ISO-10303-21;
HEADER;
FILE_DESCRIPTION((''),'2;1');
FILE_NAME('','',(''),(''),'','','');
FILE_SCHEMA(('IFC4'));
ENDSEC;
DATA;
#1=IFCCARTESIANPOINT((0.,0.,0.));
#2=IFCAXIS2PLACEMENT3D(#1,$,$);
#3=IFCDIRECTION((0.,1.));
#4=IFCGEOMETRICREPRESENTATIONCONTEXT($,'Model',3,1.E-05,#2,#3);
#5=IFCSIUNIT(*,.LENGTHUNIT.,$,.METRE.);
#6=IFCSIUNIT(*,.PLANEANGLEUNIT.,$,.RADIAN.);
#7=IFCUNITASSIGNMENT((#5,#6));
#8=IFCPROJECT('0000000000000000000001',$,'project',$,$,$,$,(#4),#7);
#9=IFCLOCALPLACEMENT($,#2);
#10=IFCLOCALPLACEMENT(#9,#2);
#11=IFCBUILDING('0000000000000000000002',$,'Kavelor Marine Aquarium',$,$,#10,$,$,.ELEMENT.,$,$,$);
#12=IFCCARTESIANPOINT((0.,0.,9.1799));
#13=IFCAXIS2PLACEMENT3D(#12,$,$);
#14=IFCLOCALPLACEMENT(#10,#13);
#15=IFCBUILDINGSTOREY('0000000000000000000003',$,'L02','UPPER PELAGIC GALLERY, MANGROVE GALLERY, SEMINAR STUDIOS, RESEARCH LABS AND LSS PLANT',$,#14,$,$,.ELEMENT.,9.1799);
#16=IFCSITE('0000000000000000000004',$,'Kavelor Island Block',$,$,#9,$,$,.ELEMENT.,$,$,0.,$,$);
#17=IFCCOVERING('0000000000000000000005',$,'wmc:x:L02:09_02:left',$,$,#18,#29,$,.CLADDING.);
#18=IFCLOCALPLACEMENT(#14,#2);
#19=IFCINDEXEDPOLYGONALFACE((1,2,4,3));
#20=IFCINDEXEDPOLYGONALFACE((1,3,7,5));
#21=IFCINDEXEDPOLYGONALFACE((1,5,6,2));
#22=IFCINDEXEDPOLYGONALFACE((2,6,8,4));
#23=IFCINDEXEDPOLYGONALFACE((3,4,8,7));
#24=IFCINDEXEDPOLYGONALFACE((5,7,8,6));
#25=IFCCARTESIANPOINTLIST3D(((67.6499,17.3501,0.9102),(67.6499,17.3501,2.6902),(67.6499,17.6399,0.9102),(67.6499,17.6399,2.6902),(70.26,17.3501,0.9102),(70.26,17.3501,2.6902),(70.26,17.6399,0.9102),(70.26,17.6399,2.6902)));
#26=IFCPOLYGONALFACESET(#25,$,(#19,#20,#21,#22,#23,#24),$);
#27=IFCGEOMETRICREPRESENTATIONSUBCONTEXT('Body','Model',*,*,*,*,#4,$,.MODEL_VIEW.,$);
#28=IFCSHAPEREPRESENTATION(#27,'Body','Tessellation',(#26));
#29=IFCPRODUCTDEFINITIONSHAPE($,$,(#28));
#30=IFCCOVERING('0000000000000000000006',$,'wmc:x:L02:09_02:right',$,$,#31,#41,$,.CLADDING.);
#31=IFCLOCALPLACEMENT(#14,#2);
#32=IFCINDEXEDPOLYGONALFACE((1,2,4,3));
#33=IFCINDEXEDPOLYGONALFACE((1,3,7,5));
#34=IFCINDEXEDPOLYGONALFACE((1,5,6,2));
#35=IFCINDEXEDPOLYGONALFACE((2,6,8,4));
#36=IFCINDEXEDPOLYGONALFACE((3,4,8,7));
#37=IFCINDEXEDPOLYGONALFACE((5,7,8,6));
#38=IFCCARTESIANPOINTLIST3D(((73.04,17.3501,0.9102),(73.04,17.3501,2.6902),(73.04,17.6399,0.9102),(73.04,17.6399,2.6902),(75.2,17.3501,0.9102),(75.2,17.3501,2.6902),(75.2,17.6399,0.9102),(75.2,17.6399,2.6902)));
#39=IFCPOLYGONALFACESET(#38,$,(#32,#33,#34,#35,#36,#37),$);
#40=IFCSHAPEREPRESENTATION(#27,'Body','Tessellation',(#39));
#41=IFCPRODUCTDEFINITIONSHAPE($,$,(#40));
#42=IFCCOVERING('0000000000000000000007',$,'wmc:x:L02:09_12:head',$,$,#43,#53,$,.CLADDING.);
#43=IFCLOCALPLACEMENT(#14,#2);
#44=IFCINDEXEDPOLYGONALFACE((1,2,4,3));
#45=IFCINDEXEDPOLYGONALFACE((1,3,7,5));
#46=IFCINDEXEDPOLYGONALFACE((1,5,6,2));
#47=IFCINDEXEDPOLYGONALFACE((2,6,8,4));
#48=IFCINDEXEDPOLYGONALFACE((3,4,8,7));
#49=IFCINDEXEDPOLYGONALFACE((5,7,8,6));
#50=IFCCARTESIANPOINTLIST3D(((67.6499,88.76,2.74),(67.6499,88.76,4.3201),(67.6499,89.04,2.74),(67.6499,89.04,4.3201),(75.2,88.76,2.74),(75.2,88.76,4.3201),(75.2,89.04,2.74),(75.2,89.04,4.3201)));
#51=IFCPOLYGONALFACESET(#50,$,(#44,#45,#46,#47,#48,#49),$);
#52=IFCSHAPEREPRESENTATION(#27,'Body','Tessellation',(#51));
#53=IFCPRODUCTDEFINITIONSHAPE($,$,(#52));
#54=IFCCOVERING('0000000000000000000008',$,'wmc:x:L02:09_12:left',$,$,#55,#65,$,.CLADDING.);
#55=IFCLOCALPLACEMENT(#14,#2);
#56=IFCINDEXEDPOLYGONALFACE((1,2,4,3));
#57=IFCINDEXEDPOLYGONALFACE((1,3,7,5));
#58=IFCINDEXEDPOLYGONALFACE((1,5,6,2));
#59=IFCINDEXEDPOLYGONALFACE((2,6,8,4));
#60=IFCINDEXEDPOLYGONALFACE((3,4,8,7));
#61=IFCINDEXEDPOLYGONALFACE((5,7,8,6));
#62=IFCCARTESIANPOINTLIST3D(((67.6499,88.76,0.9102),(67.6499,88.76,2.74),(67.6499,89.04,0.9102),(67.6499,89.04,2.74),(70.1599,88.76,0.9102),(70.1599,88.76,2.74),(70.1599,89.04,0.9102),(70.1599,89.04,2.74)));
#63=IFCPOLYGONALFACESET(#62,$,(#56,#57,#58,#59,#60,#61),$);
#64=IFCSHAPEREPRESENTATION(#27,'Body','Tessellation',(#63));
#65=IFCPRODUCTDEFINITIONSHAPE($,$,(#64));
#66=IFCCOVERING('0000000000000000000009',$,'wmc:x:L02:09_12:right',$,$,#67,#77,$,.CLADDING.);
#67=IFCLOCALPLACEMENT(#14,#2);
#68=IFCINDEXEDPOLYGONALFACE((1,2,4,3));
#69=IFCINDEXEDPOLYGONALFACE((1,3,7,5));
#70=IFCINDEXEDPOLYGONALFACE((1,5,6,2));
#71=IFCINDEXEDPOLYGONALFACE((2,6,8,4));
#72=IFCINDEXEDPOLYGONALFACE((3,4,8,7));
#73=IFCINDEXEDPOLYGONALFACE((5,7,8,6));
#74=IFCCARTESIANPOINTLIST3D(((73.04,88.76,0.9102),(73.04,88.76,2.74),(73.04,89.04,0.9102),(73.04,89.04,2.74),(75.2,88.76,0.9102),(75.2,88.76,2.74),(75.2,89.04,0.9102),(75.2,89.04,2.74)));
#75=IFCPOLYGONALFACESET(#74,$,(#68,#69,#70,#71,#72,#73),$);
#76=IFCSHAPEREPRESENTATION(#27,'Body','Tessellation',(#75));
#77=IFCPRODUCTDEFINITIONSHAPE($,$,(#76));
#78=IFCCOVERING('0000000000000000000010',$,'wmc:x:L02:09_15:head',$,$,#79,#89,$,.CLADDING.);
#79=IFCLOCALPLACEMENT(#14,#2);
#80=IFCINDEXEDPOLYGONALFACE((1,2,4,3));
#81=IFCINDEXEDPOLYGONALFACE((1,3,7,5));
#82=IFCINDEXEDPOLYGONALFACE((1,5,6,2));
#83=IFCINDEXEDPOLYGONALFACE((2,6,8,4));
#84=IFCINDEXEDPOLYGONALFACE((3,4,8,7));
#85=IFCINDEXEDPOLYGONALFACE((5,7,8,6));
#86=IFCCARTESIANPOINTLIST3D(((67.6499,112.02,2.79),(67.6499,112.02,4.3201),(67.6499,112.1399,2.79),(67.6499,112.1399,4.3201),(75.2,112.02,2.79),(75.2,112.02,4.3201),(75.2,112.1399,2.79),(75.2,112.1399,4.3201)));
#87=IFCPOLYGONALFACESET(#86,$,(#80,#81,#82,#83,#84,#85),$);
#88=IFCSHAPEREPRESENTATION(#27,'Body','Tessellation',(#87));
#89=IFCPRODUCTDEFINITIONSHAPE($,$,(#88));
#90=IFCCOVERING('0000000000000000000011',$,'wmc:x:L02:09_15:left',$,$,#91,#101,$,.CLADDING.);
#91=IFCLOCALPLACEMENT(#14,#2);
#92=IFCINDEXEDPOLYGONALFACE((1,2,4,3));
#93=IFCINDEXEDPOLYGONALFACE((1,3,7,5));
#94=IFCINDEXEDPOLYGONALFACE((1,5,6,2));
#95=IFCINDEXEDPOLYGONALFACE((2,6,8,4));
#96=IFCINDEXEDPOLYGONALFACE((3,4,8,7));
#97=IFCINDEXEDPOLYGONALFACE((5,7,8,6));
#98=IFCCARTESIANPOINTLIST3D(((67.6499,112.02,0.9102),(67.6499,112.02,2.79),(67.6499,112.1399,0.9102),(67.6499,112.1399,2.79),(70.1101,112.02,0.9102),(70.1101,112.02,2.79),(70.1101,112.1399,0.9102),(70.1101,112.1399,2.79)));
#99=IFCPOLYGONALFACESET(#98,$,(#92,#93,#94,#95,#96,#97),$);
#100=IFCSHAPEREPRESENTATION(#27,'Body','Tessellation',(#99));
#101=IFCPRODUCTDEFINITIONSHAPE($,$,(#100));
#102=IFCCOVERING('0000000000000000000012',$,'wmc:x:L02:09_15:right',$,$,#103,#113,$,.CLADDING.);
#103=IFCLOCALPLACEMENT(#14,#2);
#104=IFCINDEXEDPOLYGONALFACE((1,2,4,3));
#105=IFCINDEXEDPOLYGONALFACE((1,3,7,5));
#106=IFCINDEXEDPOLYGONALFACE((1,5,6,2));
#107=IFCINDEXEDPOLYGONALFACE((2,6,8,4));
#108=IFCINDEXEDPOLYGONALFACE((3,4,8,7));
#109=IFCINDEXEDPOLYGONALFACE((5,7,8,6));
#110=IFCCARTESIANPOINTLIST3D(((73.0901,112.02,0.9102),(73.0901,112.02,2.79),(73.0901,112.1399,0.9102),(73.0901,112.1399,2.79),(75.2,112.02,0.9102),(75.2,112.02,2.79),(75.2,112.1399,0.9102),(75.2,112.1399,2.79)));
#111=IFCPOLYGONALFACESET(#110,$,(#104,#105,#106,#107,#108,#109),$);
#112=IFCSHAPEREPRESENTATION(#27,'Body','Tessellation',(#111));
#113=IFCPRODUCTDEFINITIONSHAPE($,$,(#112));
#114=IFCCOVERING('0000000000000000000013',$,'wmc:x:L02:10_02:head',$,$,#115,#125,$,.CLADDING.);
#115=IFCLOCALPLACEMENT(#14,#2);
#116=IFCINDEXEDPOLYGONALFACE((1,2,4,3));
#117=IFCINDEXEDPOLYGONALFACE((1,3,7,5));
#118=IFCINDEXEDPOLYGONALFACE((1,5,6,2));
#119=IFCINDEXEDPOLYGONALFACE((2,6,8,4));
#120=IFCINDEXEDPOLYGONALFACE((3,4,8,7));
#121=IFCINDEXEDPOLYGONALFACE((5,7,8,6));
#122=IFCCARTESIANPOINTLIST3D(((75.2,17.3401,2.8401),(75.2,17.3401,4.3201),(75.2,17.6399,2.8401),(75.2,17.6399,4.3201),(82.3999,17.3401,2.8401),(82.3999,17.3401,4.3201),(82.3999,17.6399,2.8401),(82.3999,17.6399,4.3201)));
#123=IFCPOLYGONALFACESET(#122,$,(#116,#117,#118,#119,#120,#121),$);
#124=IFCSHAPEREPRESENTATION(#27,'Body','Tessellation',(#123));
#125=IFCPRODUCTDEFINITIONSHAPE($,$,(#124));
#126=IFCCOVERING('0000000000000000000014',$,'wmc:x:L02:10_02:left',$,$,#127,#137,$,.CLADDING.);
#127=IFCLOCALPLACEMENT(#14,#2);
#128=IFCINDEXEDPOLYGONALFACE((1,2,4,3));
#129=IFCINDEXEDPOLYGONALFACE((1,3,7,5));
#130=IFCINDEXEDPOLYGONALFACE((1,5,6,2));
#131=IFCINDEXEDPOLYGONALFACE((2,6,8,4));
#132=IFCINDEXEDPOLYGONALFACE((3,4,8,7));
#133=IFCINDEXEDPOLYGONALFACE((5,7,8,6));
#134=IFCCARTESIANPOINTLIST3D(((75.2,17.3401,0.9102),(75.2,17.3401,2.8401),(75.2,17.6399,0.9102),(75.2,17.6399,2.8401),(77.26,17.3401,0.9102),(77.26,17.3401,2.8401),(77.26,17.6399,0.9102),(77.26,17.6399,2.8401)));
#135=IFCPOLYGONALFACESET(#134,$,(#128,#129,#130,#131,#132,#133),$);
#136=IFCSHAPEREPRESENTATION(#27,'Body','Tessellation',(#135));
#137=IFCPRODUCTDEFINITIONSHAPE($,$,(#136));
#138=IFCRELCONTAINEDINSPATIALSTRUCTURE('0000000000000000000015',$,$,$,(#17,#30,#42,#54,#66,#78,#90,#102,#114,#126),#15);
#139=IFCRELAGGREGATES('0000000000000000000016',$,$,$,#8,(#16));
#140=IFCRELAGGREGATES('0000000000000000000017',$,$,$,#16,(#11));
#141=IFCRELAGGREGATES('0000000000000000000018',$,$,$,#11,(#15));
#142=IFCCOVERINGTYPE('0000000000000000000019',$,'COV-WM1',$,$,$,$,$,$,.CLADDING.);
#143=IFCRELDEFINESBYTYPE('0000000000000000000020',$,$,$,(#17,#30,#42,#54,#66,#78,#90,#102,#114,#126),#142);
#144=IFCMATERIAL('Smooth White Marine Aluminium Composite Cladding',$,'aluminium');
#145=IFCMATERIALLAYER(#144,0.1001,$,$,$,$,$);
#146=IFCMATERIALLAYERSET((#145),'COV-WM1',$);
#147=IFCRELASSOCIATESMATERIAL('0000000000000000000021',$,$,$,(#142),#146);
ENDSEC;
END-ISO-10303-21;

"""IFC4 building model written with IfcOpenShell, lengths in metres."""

from ifc_helpers import new_model, si_unit, direction, frame, origin, place, context, subcontext, project, spatial, polyline, outline, extrude, material, layer, layer_set, type_object, element, save


model = new_model("IFC4")

# Units and contexts
model_context = context("Model", 3, precision=1e-05, world=origin(), true_north=direction((0.0, 1.0)))
body_context = subcontext(model_context, "Body", "Model", "MODEL_VIEW")
ifc_project = project(units=[si_unit("LENGTHUNIT", "METRE"), si_unit("PLANEANGLEUNIT", "RADIAN")], contexts=[model_context])

# Site, building, storey
site_placement = place(None, origin())
site = spatial("IfcSite", under=ifc_project, at=site_placement, Name="Kavelor Island Block", CompositionType="ELEMENT", RefElevation=0.0)
building_placement = place(site_placement, origin())
building = spatial("IfcBuilding", under=site, at=building_placement, Name="Kavelor Marine Aquarium", CompositionType="ELEMENT")
storey_placement = place(building_placement, frame((0.0, 0.0, 9.1799)))
storey = spatial("IfcBuildingStorey", under=building, at=storey_placement, Name="L02", Description="UPPER PELAGIC GALLERY, MANGROVE GALLERY, SEMINAR STUDIOS, RESEARCH LABS AND LSS PLANT", CompositionType="ELEMENT", Elevation=9.1799)

# Coverings
ifc_material = material(Name="Smooth White Marine Aluminium Composite Cladding", Category="aluminium")
ifc_layer = layer(ifc_material, 0.1001)
ifc_layer_set = layer_set([ifc_layer], Name="COV-WM1")
covering_type = type_object("IfcCoveringType", Name="COV-WM1", PredefinedType="CLADDING", material=ifc_layer_set)
covering_1_placement = place(storey_placement, frame((0.0, 0.0, 0.9102)))
element("IfcCovering", 1, at=covering_1_placement, inside=storey, type_object=covering_type, Name="wmc:x:L02:09_02:left", PredefinedType="CLADDING", context=body_context, shape_type="SweptSolid", body=[
    extrude(outline(polyline([(67.6499, 17.3501), (70.26, 17.3501), (70.26, 17.6399), (67.6499, 17.6399), (67.6499, 17.3501)])), origin(), (0.0, 0.0, 1.0), 1.78),
])
covering_2_placement = place(storey_placement, frame((0.0, 0.0, 0.9102)))
element("IfcCovering", 2, at=covering_2_placement, inside=storey, type_object=covering_type, Name="wmc:x:L02:09_02:right", PredefinedType="CLADDING", context=body_context, shape_type="SweptSolid", body=[
    extrude(outline(polyline([(73.04, 17.3501), (75.2, 17.3501), (75.2, 17.6399), (73.04, 17.6399), (73.04, 17.3501)])), origin(), (0.0, 0.0, 1.0), 1.78),
])
covering_3_placement = place(storey_placement, frame((0.0, 0.0, 2.74)))
element("IfcCovering", 3, at=covering_3_placement, inside=storey, type_object=covering_type, Name="wmc:x:L02:09_12:head", PredefinedType="CLADDING", context=body_context, shape_type="SweptSolid", body=[
    extrude(outline(polyline([(67.6499, 88.76), (75.2, 88.76), (75.2, 89.04), (67.6499, 89.04), (67.6499, 88.76)])), origin(), (0.0, 0.0, 1.0), 1.5801),
])
covering_4_placement = place(storey_placement, frame((0.0, 0.0, 0.9102)))
element("IfcCovering", 4, at=covering_4_placement, inside=storey, type_object=covering_type, Name="wmc:x:L02:09_12:left", PredefinedType="CLADDING", context=body_context, shape_type="SweptSolid", body=[
    extrude(outline(polyline([(67.6499, 88.76), (70.1599, 88.76), (70.1599, 89.04), (67.6499, 89.04), (67.6499, 88.76)])), origin(), (0.0, 0.0, 1.0), 1.8298),
])
covering_5_placement = place(storey_placement, frame((0.0, 0.0, 0.9102)))
element("IfcCovering", 5, at=covering_5_placement, inside=storey, type_object=covering_type, Name="wmc:x:L02:09_12:right", PredefinedType="CLADDING", context=body_context, shape_type="SweptSolid", body=[
    extrude(outline(polyline([(73.04, 88.76), (75.2, 88.76), (75.2, 89.04), (73.04, 89.04), (73.04, 88.76)])), origin(), (0.0, 0.0, 1.0), 1.8298),
])
covering_6_placement = place(storey_placement, frame((0.0, 0.0, 2.79)))
element("IfcCovering", 6, at=covering_6_placement, inside=storey, type_object=covering_type, Name="wmc:x:L02:09_15:head", PredefinedType="CLADDING", context=body_context, shape_type="SweptSolid", body=[
    extrude(outline(polyline([(67.6499, 112.02), (75.2, 112.02), (75.2, 112.1399), (67.6499, 112.1399), (67.6499, 112.02)])), origin(), (0.0, 0.0, 1.0), 1.53),
])
covering_7_placement = place(storey_placement, frame((0.0, 0.0, 0.9102)))
element("IfcCovering", 7, at=covering_7_placement, inside=storey, type_object=covering_type, Name="wmc:x:L02:09_15:left", PredefinedType="CLADDING", context=body_context, shape_type="SweptSolid", body=[
    extrude(outline(polyline([(67.6499, 112.02), (70.1101, 112.02), (70.1101, 112.1399), (67.6499, 112.1399), (67.6499, 112.02)])), origin(), (0.0, 0.0, 1.0), 1.8799),
])
covering_8_placement = place(storey_placement, frame((0.0, 0.0, 0.9102)))
element("IfcCovering", 8, at=covering_8_placement, inside=storey, type_object=covering_type, Name="wmc:x:L02:09_15:right", PredefinedType="CLADDING", context=body_context, shape_type="SweptSolid", body=[
    extrude(outline(polyline([(73.0901, 112.02), (75.2, 112.02), (75.2, 112.1399), (73.0901, 112.1399), (73.0901, 112.02)])), origin(), (0.0, 0.0, 1.0), 1.8799),
])
covering_9_placement = place(storey_placement, frame((0.0, 0.0, 2.8401)))
element("IfcCovering", 9, at=covering_9_placement, inside=storey, type_object=covering_type, Name="wmc:x:L02:10_02:head", PredefinedType="CLADDING", context=body_context, shape_type="SweptSolid", body=[
    extrude(outline(polyline([(75.2, 17.3401), (82.3999, 17.3401), (82.3999, 17.6399), (75.2, 17.6399), (75.2, 17.3401)])), origin(), (0.0, 0.0, 1.0), 1.48),
])
covering_10_placement = place(storey_placement, frame((0.0, 0.0, 0.9102)))
element("IfcCovering", 10, at=covering_10_placement, inside=storey, type_object=covering_type, Name="wmc:x:L02:10_02:left", PredefinedType="CLADDING", context=body_context, shape_type="SweptSolid", body=[
    extrude(outline(polyline([(75.2, 17.3401), (77.26, 17.3401), (77.26, 17.6399), (75.2, 17.6399), (75.2, 17.3401)])), origin(), (0.0, 0.0, 1.0), 1.9299),
])

save(model, "model.ifc")
